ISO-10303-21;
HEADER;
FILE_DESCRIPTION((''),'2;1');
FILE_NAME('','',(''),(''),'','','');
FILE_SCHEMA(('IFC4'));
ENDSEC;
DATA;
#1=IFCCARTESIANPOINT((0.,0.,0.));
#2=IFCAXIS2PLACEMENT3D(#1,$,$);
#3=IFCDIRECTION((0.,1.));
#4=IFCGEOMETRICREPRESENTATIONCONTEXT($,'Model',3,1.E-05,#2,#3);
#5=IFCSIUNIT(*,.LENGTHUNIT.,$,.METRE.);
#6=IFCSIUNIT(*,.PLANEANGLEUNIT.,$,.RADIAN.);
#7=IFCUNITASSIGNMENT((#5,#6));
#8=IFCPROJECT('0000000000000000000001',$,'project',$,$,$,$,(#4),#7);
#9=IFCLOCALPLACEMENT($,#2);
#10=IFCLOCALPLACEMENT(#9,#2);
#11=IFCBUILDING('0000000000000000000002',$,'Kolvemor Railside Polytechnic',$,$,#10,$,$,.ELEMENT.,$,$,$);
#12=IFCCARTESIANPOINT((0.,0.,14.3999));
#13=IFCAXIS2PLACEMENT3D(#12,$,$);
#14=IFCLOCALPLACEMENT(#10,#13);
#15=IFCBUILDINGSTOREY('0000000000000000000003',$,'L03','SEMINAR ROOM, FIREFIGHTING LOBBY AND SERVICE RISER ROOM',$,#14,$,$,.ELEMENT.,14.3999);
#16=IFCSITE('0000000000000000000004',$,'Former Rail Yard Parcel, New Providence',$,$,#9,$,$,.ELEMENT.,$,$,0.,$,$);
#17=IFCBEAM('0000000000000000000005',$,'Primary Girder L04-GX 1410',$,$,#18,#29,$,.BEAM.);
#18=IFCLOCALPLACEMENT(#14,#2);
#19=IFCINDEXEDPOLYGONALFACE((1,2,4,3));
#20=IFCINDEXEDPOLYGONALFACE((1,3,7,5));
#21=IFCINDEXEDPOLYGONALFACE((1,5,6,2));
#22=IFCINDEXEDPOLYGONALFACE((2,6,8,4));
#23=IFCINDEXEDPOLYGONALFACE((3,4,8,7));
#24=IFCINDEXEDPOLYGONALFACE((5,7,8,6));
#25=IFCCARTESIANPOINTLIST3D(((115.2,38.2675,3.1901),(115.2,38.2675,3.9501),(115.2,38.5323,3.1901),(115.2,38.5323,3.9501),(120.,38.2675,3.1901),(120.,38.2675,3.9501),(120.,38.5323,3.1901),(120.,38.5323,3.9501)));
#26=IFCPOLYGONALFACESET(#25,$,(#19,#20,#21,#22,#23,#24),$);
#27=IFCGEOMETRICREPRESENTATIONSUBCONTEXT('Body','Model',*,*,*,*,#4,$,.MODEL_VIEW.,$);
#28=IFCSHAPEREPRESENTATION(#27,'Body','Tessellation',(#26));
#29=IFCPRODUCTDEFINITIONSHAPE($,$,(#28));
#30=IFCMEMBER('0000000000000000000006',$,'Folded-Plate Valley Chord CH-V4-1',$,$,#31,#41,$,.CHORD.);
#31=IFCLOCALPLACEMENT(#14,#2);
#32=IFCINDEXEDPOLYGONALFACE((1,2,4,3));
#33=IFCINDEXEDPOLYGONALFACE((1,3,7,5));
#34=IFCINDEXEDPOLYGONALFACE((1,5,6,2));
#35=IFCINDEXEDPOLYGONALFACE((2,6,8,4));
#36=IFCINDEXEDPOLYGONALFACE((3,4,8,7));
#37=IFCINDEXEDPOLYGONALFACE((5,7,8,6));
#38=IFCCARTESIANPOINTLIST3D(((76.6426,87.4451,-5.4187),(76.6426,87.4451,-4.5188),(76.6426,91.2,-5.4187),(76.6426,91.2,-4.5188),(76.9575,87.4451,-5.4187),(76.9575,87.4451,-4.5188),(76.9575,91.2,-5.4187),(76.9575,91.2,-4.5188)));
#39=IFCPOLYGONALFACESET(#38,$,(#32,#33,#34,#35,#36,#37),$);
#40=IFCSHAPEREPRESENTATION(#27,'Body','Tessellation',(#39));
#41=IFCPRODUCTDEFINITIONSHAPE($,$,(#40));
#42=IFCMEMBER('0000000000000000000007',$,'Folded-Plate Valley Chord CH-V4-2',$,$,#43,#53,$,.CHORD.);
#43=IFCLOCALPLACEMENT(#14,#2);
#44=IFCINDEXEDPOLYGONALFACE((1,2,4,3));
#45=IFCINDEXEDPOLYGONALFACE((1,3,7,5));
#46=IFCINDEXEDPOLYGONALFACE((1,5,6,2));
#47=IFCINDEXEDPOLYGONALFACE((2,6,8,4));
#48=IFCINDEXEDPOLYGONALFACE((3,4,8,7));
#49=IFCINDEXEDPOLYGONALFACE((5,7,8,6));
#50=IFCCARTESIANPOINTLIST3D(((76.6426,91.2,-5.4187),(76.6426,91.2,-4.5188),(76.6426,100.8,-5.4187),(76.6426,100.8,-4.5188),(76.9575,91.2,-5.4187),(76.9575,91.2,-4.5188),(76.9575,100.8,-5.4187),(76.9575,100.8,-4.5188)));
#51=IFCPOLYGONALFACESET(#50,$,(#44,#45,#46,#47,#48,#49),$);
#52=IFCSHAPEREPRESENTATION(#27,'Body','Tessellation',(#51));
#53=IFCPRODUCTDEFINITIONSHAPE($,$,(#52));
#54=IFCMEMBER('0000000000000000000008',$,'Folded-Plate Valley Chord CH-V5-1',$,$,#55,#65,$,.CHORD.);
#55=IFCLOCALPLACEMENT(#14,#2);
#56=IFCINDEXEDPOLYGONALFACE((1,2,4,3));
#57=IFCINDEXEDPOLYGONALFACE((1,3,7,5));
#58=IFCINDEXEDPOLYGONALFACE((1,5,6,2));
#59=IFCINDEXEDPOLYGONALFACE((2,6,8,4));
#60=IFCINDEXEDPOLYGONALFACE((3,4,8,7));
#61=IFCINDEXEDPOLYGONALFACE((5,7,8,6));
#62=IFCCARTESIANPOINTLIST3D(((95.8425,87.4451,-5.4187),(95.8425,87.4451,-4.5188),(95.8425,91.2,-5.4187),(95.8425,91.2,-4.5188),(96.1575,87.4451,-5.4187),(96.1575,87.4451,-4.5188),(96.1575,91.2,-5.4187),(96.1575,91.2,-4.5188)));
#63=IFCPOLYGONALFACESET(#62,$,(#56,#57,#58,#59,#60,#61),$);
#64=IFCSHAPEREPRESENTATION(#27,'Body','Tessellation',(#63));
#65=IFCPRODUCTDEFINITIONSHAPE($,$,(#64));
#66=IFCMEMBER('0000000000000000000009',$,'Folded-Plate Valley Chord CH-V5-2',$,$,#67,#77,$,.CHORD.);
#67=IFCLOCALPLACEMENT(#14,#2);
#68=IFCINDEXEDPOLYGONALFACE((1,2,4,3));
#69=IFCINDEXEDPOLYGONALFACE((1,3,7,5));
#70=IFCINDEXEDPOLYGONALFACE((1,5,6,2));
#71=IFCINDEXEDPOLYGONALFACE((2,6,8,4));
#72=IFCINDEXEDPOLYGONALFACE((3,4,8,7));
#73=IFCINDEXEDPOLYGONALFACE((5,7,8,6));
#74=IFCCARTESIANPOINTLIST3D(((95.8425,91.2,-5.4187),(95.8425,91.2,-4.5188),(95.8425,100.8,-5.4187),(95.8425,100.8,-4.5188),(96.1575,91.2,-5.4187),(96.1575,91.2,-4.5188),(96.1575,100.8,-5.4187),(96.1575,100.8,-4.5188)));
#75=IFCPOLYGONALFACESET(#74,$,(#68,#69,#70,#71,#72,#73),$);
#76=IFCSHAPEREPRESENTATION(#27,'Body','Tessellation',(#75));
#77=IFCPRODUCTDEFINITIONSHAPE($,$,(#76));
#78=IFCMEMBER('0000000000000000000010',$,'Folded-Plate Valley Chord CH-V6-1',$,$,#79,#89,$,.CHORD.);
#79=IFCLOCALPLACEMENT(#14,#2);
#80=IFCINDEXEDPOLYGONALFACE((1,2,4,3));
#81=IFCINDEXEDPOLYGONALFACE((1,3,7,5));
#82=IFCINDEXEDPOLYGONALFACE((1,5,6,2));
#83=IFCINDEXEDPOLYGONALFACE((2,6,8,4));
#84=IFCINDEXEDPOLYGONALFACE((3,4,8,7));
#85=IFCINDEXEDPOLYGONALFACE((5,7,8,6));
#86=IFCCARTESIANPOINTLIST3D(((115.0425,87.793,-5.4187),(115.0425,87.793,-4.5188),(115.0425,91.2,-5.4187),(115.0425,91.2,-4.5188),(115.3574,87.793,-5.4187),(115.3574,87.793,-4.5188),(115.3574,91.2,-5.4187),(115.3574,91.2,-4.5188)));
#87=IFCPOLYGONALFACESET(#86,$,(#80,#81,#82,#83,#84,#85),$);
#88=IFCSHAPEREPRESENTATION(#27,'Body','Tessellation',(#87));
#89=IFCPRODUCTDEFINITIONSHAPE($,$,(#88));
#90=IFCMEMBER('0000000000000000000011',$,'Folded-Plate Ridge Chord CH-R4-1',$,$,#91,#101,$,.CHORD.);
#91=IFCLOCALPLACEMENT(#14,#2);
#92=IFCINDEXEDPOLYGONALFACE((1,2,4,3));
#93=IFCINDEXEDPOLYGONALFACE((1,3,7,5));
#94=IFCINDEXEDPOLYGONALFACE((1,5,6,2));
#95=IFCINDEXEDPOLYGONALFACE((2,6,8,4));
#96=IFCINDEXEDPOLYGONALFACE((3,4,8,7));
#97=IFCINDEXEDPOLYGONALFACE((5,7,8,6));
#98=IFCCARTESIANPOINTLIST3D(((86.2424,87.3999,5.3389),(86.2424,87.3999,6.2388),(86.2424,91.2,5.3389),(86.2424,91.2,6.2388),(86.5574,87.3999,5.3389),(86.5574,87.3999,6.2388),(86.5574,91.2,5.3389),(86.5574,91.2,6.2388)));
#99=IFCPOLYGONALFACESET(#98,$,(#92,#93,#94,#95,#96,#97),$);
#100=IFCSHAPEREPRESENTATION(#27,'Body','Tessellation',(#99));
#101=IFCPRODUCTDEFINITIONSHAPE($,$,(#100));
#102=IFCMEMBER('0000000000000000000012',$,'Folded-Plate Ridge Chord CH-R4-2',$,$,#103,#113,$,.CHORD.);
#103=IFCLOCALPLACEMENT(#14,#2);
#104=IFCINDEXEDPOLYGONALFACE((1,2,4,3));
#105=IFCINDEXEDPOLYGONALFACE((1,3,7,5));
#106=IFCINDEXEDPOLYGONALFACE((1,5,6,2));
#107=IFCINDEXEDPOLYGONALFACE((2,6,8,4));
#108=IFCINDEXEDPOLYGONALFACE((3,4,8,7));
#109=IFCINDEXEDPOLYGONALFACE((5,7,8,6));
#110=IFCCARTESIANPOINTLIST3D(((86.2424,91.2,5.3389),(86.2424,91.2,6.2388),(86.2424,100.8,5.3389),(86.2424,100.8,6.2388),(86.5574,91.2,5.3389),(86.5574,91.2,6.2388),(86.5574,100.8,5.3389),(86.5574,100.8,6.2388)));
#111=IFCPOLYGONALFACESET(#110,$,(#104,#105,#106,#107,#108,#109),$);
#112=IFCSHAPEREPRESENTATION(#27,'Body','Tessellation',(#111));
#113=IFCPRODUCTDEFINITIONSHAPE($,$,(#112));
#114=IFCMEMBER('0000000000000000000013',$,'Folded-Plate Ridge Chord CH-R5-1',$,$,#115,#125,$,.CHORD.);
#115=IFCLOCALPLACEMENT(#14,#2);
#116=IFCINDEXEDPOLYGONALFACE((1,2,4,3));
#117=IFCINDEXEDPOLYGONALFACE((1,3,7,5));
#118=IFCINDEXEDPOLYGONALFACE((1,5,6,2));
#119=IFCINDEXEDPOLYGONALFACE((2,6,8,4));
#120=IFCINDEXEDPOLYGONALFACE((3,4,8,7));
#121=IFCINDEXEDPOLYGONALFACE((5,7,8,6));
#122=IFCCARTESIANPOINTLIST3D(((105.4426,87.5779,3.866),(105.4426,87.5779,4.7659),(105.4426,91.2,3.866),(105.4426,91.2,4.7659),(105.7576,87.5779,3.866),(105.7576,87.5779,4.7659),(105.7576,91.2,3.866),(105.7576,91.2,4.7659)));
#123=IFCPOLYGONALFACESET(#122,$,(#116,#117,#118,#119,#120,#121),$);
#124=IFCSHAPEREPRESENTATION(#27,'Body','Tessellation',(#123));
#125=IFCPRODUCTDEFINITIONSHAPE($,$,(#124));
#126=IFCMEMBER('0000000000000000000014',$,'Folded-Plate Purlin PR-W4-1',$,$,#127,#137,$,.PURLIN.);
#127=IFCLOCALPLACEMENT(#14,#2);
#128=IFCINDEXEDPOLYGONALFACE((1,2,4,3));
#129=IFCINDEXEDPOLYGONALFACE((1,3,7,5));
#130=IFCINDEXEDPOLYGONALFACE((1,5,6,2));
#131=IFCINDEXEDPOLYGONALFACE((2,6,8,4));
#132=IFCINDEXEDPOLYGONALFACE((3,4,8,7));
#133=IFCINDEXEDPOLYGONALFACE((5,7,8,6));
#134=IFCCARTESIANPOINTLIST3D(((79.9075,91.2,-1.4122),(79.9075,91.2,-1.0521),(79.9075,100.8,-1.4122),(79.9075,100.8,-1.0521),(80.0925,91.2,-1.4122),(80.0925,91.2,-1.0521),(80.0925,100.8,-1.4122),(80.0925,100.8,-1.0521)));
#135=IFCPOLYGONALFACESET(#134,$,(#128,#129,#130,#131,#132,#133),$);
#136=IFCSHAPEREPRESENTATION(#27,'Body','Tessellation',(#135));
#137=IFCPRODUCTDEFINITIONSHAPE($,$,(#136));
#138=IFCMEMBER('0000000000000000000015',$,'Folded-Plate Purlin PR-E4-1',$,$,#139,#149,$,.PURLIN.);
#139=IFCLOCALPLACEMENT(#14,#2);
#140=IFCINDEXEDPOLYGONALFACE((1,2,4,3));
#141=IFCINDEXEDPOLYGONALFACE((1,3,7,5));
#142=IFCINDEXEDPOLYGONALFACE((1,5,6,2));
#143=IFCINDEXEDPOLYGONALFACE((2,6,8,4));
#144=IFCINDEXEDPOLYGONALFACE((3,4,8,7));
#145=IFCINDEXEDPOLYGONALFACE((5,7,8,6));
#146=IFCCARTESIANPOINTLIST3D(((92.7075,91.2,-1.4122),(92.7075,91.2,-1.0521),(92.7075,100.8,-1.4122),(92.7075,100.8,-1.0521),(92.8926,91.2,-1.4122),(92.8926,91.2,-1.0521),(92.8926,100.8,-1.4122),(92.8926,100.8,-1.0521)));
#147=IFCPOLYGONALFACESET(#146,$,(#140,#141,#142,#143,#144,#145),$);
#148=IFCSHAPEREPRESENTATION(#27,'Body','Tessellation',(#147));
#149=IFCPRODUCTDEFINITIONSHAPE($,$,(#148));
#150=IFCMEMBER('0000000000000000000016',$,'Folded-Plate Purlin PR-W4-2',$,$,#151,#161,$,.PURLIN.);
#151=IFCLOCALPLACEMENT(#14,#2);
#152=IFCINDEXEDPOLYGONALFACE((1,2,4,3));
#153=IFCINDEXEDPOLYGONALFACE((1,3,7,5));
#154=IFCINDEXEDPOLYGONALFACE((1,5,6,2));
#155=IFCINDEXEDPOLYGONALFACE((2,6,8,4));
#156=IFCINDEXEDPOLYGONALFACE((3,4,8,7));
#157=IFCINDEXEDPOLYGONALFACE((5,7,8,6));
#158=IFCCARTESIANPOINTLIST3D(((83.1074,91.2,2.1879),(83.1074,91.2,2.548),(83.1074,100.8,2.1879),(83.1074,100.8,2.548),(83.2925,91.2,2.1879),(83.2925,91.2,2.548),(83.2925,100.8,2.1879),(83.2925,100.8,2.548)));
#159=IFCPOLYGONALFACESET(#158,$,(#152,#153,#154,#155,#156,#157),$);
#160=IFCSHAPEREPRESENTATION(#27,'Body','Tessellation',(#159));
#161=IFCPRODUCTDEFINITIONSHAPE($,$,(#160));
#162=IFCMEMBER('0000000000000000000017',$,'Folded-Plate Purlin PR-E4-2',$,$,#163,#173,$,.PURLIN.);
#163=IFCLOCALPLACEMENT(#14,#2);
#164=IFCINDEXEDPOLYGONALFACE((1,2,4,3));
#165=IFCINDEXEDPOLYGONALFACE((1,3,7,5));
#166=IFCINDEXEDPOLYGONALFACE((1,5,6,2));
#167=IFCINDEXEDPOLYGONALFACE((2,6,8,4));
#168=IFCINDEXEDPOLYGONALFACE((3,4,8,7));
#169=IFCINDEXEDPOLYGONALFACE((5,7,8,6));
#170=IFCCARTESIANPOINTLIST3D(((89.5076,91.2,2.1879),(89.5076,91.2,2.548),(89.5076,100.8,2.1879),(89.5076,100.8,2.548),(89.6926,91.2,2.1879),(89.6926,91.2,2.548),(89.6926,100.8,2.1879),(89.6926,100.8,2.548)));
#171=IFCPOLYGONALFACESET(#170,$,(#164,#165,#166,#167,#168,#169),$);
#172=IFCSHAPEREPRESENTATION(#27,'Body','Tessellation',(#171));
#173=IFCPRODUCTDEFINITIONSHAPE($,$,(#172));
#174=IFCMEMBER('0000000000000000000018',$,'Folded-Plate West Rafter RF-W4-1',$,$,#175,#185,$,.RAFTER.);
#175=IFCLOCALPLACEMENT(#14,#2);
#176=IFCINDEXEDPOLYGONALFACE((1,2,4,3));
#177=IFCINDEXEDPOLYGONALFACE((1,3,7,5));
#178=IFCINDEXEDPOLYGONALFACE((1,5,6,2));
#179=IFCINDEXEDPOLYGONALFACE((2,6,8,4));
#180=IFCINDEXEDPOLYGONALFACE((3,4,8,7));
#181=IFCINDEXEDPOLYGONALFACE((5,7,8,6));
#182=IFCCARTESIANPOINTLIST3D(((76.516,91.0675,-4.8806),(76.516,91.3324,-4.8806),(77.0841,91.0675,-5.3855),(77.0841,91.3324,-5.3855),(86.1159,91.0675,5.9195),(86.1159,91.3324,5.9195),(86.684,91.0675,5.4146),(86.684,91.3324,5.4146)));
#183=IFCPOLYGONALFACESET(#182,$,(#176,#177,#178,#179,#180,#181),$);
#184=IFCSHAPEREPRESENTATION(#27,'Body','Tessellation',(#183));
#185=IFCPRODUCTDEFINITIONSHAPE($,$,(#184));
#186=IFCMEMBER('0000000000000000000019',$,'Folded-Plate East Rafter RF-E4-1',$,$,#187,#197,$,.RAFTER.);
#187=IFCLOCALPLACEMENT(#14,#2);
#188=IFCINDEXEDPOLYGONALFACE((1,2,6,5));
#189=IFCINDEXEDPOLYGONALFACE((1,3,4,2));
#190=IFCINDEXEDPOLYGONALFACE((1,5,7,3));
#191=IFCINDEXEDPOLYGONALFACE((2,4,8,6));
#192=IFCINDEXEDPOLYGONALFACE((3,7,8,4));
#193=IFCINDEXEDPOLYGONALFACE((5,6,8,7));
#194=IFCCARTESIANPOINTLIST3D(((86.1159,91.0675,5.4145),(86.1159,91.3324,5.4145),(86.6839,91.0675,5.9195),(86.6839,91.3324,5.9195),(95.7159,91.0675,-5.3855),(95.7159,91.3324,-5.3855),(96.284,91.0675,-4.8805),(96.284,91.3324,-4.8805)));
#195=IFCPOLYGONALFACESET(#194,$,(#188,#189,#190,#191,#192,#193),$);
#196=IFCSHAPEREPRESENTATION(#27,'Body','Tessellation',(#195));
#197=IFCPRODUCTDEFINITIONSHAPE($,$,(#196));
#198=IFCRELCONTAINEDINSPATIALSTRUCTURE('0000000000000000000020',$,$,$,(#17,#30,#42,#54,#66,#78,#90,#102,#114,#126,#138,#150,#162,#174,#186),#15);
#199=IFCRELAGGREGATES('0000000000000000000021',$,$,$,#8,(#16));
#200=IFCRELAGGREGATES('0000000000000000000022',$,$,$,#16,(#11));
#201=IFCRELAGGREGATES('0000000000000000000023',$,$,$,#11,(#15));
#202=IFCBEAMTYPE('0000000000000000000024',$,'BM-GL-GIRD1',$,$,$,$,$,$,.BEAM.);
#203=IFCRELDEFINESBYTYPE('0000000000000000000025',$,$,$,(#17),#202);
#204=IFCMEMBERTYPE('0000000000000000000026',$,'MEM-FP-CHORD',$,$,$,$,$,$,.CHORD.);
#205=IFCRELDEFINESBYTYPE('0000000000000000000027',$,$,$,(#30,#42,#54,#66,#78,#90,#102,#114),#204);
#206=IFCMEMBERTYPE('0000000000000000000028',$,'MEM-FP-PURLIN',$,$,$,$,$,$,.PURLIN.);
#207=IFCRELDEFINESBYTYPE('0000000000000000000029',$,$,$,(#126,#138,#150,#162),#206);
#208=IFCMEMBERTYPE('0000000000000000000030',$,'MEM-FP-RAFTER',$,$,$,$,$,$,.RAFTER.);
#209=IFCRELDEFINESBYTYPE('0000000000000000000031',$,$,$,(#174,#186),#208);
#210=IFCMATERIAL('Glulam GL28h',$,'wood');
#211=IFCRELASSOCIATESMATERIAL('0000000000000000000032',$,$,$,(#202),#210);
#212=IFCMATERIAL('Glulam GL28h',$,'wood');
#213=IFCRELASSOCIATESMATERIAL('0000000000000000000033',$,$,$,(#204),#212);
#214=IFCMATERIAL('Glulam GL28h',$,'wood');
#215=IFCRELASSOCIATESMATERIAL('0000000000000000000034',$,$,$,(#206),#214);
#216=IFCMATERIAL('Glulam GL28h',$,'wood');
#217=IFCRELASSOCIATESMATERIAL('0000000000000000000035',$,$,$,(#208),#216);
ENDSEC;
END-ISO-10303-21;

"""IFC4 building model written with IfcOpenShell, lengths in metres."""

from ifc_helpers import new_model, si_unit, direction, frame, origin, origin_2d, place, context, subcontext, project, spatial, rectangle, extrude, material, material_profile, profile_set, type_object, element, save


model = new_model("IFC4")

# Units and contexts
model_context = context("Model", 3, precision=1e-05, world=origin(), true_north=direction((0.0, 1.0)))
body_context = subcontext(model_context, "Body", "Model", "MODEL_VIEW")
ifc_project = project(units=[si_unit("LENGTHUNIT", "METRE"), si_unit("PLANEANGLEUNIT", "RADIAN")], contexts=[model_context])

# Site, building, storey
site_placement = place(None, origin())
site = spatial("IfcSite", under=ifc_project, at=site_placement, Name="Former Rail Yard Parcel, New Providence", CompositionType="ELEMENT", RefElevation=0.0)
building_placement = place(site_placement, origin())
building = spatial("IfcBuilding", under=site, at=building_placement, Name="Kolvemor Railside Polytechnic", CompositionType="ELEMENT")
storey_placement = place(building_placement, frame((0.0, 0.0, 14.3999)))
storey = spatial("IfcBuildingStorey", under=building, at=storey_placement, Name="L03", Description="SEMINAR ROOM, FIREFIGHTING LOBBY AND SERVICE RISER ROOM", CompositionType="ELEMENT", Elevation=14.3999)

# Beam
ifc_material_1 = material(Name="Glulam GL28h", Category="wood")
ifc_material_profile_1 = material_profile(ifc_material_1, rectangle(XDim=0.2649, YDim=0.76, at=origin_2d()), Name="GL265x760")
ifc_profile_set_1 = profile_set([ifc_material_profile_1], Name="Glulam GL28h")
beam_type = type_object("IfcBeamType", Name="BM-GL-GIRD1", PredefinedType="BEAM", material=ifc_profile_set_1)
beam_placement = place(storey_placement, frame((115.2, 38.3999, 3.5701), z_axis=(1.0, 0.0, 0.0), x_axis=(0.0, 1.0, 0.0)))
element("IfcBeam", 1, at=beam_placement, inside=storey, type_object=beam_type, Name="Primary Girder L04-GX 1410", PredefinedType="BEAM", context=body_context, shape_type="SweptSolid", body=[
    extrude(rectangle(XDim=0.2649, YDim=0.76, at=origin_2d()), origin(), (0.0, 0.0, 1.0), 4.8),
])

# Members
ifc_material_2 = material(Name="Glulam GL28h", Category="wood")
ifc_material_profile_2 = material_profile(ifc_material_2, rectangle(XDim=0.3149, YDim=0.8999, at=origin_2d()), Name="GL315x900")
ifc_profile_set_2 = profile_set([ifc_material_profile_2], Name="Glulam GL28h")
member_type_1 = type_object("IfcMemberType", Name="MEM-FP-CHORD", PredefinedType="CHORD", material=ifc_profile_set_2)
member_1_placement = place(storey_placement, frame((76.8, 87.4451, -4.9688), z_axis=(0.0, 1.0, 0.0), x_axis=(-1.0, 0.0, 0.0)))
element("IfcMember", 2, at=member_1_placement, inside=storey, type_object=member_type_1, Name="Folded-Plate Valley Chord CH-V4-1", PredefinedType="CHORD", context=body_context, shape_type="SweptSolid", body=[
    extrude(rectangle(XDim=0.3149, YDim=0.8999, at=origin_2d()), origin(), (0.0, 0.0, 1.0), 3.7549),
])
member_2_placement = place(storey_placement, frame((76.8, 91.2, -4.9688), z_axis=(0.0, 1.0, 0.0), x_axis=(-1.0, 0.0, 0.0)))
element("IfcMember", 3, at=member_2_placement, inside=storey, type_object=member_type_1, Name="Folded-Plate Valley Chord CH-V4-2", PredefinedType="CHORD", context=body_context, shape_type="SweptSolid", body=[
    extrude(rectangle(XDim=0.3149, YDim=0.8999, at=origin_2d()), origin(), (0.0, 0.0, 1.0), 9.6001),
])
member_3_placement = place(storey_placement, frame((96.0, 87.4451, -4.9688), z_axis=(0.0, 1.0, 0.0), x_axis=(-1.0, 0.0, 0.0)))
element("IfcMember", 4, at=member_3_placement, inside=storey, type_object=member_type_1, Name="Folded-Plate Valley Chord CH-V5-1", PredefinedType="CHORD", context=body_context, shape_type="SweptSolid", body=[
    extrude(rectangle(XDim=0.3149, YDim=0.8999, at=origin_2d()), origin(), (0.0, 0.0, 1.0), 3.7549),
])
member_4_placement = place(storey_placement, frame((96.0, 91.2, -4.9688), z_axis=(0.0, 1.0, 0.0), x_axis=(-1.0, 0.0, 0.0)))
element("IfcMember", 5, at=member_4_placement, inside=storey, type_object=member_type_1, Name="Folded-Plate Valley Chord CH-V5-2", PredefinedType="CHORD", context=body_context, shape_type="SweptSolid", body=[
    extrude(rectangle(XDim=0.3149, YDim=0.8999, at=origin_2d()), origin(), (0.0, 0.0, 1.0), 9.6001),
])
member_5_placement = place(storey_placement, frame((115.2, 87.793, -4.9688), z_axis=(0.0, 1.0, 0.0), x_axis=(-1.0, 0.0, 0.0)))
element("IfcMember", 6, at=member_5_placement, inside=storey, type_object=member_type_1, Name="Folded-Plate Valley Chord CH-V6-1", PredefinedType="CHORD", context=body_context, shape_type="SweptSolid", body=[
    extrude(rectangle(XDim=0.3149, YDim=0.8999, at=origin_2d()), origin(), (0.0, 0.0, 1.0), 3.407),
])
member_6_placement = place(storey_placement, frame((86.3999, 87.3999, 5.7888), z_axis=(0.0, 1.0, 0.0), x_axis=(-1.0, 0.0, 0.0)))
element("IfcMember", 7, at=member_6_placement, inside=storey, type_object=member_type_1, Name="Folded-Plate Ridge Chord CH-R4-1", PredefinedType="CHORD", context=body_context, shape_type="SweptSolid", body=[
    extrude(rectangle(XDim=0.3149, YDim=0.8999, at=origin_2d()), origin(), (0.0, 0.0, 1.0), 3.8),
])
member_7_placement = place(storey_placement, frame((86.3999, 91.2, 5.7888), z_axis=(0.0, 1.0, 0.0), x_axis=(-1.0, 0.0, 0.0)))
element("IfcMember", 8, at=member_7_placement, inside=storey, type_object=member_type_1, Name="Folded-Plate Ridge Chord CH-R4-2", PredefinedType="CHORD", context=body_context, shape_type="SweptSolid", body=[
    extrude(rectangle(XDim=0.3149, YDim=0.8999, at=origin_2d()), origin(), (0.0, 0.0, 1.0), 9.6001),
])
member_8_placement = place(storey_placement, frame((105.6001, 87.5779, 4.3159), z_axis=(0.0, 1.0, 0.0), x_axis=(-1.0, 0.0, 0.0)))
element("IfcMember", 9, at=member_8_placement, inside=storey, type_object=member_type_1, Name="Folded-Plate Ridge Chord CH-R5-1", PredefinedType="CHORD", context=body_context, shape_type="SweptSolid", body=[
    extrude(rectangle(XDim=0.3149, YDim=0.8999, at=origin_2d()), origin(), (0.0, 0.0, 1.0), 3.6221),
])
ifc_material_3 = material(Name="Glulam GL28h", Category="wood")
ifc_material_profile_3 = material_profile(ifc_material_3, rectangle(XDim=0.1851, YDim=0.3601, at=origin_2d()), Name="GL185x360")
ifc_profile_set_3 = profile_set([ifc_material_profile_3], Name="Glulam GL28h")
member_type_2 = type_object("IfcMemberType", Name="MEM-FP-PURLIN", PredefinedType="PURLIN", material=ifc_profile_set_3)
for number, where, z_axis, x_axis, name in (
    (10, (80.0, 91.2, -1.2322), (0.0, 1.0, 0.0), (-1.0, 0.0, 0.0), "Folded-Plate Purlin PR-W4-1"),
    (11, (92.8, 91.2, -1.2322), (0.0, 1.0, 0.0), (-1.0, 0.0, 0.0), "Folded-Plate Purlin PR-E4-1"),
    (12, (83.2, 91.2, 2.3679), (0.0, 1.0, 0.0), (-1.0, 0.0, 0.0), "Folded-Plate Purlin PR-W4-2"),
    (13, (89.6001, 91.2, 2.3679), (0.0, 1.0, 0.0), (-1.0, 0.0, 0.0), "Folded-Plate Purlin PR-E4-2"),
):
    element("IfcMember", number, at=place(storey_placement, frame(where, z_axis=z_axis, x_axis=x_axis)), inside=storey, type_object=member_type_2, Name=name, PredefinedType="PURLIN", context=body_context, shape_type="SweptSolid", body=[
        extrude(rectangle(XDim=0.1851, YDim=0.3601, at=origin_2d()), origin(), (0.0, 0.0, 1.0), 9.6001),
    ])
ifc_material_4 = material(Name="Glulam GL28h", Category="wood")
ifc_material_profile_4 = material_profile(ifc_material_4, rectangle(XDim=0.2649, YDim=0.76, at=origin_2d()), Name="GL265x760")
ifc_profile_set_4 = profile_set([ifc_material_profile_4], Name="Glulam GL28h")
member_type_3 = type_object("IfcMemberType", Name="MEM-FP-RAFTER", PredefinedType="RAFTER", material=ifc_profile_set_4)
for number, where, z_axis, x_axis, name in (
    (14, (76.8, 91.2, -5.1331), (0.664356, 0.0, 0.747416), (0.0, 1.0, 0.0), "Folded-Plate West Rafter RF-W4-1"),
    (15, (86.3999, 91.2, 5.667), (0.664366, 0.0, -0.747407), (0.0, 1.0, 0.0), "Folded-Plate East Rafter RF-E4-1"),
):
    element("IfcMember", number, at=place(storey_placement, frame(where, z_axis=z_axis, x_axis=x_axis)), inside=storey, type_object=member_type_3, Name=name, PredefinedType="RAFTER", context=body_context, shape_type="SweptSolid", body=[
        extrude(rectangle(XDim=0.2649, YDim=0.76, at=origin_2d()), origin(), (0.0, 0.0, 1.0), 14.45),
    ])

save(model, "model.ifc")
